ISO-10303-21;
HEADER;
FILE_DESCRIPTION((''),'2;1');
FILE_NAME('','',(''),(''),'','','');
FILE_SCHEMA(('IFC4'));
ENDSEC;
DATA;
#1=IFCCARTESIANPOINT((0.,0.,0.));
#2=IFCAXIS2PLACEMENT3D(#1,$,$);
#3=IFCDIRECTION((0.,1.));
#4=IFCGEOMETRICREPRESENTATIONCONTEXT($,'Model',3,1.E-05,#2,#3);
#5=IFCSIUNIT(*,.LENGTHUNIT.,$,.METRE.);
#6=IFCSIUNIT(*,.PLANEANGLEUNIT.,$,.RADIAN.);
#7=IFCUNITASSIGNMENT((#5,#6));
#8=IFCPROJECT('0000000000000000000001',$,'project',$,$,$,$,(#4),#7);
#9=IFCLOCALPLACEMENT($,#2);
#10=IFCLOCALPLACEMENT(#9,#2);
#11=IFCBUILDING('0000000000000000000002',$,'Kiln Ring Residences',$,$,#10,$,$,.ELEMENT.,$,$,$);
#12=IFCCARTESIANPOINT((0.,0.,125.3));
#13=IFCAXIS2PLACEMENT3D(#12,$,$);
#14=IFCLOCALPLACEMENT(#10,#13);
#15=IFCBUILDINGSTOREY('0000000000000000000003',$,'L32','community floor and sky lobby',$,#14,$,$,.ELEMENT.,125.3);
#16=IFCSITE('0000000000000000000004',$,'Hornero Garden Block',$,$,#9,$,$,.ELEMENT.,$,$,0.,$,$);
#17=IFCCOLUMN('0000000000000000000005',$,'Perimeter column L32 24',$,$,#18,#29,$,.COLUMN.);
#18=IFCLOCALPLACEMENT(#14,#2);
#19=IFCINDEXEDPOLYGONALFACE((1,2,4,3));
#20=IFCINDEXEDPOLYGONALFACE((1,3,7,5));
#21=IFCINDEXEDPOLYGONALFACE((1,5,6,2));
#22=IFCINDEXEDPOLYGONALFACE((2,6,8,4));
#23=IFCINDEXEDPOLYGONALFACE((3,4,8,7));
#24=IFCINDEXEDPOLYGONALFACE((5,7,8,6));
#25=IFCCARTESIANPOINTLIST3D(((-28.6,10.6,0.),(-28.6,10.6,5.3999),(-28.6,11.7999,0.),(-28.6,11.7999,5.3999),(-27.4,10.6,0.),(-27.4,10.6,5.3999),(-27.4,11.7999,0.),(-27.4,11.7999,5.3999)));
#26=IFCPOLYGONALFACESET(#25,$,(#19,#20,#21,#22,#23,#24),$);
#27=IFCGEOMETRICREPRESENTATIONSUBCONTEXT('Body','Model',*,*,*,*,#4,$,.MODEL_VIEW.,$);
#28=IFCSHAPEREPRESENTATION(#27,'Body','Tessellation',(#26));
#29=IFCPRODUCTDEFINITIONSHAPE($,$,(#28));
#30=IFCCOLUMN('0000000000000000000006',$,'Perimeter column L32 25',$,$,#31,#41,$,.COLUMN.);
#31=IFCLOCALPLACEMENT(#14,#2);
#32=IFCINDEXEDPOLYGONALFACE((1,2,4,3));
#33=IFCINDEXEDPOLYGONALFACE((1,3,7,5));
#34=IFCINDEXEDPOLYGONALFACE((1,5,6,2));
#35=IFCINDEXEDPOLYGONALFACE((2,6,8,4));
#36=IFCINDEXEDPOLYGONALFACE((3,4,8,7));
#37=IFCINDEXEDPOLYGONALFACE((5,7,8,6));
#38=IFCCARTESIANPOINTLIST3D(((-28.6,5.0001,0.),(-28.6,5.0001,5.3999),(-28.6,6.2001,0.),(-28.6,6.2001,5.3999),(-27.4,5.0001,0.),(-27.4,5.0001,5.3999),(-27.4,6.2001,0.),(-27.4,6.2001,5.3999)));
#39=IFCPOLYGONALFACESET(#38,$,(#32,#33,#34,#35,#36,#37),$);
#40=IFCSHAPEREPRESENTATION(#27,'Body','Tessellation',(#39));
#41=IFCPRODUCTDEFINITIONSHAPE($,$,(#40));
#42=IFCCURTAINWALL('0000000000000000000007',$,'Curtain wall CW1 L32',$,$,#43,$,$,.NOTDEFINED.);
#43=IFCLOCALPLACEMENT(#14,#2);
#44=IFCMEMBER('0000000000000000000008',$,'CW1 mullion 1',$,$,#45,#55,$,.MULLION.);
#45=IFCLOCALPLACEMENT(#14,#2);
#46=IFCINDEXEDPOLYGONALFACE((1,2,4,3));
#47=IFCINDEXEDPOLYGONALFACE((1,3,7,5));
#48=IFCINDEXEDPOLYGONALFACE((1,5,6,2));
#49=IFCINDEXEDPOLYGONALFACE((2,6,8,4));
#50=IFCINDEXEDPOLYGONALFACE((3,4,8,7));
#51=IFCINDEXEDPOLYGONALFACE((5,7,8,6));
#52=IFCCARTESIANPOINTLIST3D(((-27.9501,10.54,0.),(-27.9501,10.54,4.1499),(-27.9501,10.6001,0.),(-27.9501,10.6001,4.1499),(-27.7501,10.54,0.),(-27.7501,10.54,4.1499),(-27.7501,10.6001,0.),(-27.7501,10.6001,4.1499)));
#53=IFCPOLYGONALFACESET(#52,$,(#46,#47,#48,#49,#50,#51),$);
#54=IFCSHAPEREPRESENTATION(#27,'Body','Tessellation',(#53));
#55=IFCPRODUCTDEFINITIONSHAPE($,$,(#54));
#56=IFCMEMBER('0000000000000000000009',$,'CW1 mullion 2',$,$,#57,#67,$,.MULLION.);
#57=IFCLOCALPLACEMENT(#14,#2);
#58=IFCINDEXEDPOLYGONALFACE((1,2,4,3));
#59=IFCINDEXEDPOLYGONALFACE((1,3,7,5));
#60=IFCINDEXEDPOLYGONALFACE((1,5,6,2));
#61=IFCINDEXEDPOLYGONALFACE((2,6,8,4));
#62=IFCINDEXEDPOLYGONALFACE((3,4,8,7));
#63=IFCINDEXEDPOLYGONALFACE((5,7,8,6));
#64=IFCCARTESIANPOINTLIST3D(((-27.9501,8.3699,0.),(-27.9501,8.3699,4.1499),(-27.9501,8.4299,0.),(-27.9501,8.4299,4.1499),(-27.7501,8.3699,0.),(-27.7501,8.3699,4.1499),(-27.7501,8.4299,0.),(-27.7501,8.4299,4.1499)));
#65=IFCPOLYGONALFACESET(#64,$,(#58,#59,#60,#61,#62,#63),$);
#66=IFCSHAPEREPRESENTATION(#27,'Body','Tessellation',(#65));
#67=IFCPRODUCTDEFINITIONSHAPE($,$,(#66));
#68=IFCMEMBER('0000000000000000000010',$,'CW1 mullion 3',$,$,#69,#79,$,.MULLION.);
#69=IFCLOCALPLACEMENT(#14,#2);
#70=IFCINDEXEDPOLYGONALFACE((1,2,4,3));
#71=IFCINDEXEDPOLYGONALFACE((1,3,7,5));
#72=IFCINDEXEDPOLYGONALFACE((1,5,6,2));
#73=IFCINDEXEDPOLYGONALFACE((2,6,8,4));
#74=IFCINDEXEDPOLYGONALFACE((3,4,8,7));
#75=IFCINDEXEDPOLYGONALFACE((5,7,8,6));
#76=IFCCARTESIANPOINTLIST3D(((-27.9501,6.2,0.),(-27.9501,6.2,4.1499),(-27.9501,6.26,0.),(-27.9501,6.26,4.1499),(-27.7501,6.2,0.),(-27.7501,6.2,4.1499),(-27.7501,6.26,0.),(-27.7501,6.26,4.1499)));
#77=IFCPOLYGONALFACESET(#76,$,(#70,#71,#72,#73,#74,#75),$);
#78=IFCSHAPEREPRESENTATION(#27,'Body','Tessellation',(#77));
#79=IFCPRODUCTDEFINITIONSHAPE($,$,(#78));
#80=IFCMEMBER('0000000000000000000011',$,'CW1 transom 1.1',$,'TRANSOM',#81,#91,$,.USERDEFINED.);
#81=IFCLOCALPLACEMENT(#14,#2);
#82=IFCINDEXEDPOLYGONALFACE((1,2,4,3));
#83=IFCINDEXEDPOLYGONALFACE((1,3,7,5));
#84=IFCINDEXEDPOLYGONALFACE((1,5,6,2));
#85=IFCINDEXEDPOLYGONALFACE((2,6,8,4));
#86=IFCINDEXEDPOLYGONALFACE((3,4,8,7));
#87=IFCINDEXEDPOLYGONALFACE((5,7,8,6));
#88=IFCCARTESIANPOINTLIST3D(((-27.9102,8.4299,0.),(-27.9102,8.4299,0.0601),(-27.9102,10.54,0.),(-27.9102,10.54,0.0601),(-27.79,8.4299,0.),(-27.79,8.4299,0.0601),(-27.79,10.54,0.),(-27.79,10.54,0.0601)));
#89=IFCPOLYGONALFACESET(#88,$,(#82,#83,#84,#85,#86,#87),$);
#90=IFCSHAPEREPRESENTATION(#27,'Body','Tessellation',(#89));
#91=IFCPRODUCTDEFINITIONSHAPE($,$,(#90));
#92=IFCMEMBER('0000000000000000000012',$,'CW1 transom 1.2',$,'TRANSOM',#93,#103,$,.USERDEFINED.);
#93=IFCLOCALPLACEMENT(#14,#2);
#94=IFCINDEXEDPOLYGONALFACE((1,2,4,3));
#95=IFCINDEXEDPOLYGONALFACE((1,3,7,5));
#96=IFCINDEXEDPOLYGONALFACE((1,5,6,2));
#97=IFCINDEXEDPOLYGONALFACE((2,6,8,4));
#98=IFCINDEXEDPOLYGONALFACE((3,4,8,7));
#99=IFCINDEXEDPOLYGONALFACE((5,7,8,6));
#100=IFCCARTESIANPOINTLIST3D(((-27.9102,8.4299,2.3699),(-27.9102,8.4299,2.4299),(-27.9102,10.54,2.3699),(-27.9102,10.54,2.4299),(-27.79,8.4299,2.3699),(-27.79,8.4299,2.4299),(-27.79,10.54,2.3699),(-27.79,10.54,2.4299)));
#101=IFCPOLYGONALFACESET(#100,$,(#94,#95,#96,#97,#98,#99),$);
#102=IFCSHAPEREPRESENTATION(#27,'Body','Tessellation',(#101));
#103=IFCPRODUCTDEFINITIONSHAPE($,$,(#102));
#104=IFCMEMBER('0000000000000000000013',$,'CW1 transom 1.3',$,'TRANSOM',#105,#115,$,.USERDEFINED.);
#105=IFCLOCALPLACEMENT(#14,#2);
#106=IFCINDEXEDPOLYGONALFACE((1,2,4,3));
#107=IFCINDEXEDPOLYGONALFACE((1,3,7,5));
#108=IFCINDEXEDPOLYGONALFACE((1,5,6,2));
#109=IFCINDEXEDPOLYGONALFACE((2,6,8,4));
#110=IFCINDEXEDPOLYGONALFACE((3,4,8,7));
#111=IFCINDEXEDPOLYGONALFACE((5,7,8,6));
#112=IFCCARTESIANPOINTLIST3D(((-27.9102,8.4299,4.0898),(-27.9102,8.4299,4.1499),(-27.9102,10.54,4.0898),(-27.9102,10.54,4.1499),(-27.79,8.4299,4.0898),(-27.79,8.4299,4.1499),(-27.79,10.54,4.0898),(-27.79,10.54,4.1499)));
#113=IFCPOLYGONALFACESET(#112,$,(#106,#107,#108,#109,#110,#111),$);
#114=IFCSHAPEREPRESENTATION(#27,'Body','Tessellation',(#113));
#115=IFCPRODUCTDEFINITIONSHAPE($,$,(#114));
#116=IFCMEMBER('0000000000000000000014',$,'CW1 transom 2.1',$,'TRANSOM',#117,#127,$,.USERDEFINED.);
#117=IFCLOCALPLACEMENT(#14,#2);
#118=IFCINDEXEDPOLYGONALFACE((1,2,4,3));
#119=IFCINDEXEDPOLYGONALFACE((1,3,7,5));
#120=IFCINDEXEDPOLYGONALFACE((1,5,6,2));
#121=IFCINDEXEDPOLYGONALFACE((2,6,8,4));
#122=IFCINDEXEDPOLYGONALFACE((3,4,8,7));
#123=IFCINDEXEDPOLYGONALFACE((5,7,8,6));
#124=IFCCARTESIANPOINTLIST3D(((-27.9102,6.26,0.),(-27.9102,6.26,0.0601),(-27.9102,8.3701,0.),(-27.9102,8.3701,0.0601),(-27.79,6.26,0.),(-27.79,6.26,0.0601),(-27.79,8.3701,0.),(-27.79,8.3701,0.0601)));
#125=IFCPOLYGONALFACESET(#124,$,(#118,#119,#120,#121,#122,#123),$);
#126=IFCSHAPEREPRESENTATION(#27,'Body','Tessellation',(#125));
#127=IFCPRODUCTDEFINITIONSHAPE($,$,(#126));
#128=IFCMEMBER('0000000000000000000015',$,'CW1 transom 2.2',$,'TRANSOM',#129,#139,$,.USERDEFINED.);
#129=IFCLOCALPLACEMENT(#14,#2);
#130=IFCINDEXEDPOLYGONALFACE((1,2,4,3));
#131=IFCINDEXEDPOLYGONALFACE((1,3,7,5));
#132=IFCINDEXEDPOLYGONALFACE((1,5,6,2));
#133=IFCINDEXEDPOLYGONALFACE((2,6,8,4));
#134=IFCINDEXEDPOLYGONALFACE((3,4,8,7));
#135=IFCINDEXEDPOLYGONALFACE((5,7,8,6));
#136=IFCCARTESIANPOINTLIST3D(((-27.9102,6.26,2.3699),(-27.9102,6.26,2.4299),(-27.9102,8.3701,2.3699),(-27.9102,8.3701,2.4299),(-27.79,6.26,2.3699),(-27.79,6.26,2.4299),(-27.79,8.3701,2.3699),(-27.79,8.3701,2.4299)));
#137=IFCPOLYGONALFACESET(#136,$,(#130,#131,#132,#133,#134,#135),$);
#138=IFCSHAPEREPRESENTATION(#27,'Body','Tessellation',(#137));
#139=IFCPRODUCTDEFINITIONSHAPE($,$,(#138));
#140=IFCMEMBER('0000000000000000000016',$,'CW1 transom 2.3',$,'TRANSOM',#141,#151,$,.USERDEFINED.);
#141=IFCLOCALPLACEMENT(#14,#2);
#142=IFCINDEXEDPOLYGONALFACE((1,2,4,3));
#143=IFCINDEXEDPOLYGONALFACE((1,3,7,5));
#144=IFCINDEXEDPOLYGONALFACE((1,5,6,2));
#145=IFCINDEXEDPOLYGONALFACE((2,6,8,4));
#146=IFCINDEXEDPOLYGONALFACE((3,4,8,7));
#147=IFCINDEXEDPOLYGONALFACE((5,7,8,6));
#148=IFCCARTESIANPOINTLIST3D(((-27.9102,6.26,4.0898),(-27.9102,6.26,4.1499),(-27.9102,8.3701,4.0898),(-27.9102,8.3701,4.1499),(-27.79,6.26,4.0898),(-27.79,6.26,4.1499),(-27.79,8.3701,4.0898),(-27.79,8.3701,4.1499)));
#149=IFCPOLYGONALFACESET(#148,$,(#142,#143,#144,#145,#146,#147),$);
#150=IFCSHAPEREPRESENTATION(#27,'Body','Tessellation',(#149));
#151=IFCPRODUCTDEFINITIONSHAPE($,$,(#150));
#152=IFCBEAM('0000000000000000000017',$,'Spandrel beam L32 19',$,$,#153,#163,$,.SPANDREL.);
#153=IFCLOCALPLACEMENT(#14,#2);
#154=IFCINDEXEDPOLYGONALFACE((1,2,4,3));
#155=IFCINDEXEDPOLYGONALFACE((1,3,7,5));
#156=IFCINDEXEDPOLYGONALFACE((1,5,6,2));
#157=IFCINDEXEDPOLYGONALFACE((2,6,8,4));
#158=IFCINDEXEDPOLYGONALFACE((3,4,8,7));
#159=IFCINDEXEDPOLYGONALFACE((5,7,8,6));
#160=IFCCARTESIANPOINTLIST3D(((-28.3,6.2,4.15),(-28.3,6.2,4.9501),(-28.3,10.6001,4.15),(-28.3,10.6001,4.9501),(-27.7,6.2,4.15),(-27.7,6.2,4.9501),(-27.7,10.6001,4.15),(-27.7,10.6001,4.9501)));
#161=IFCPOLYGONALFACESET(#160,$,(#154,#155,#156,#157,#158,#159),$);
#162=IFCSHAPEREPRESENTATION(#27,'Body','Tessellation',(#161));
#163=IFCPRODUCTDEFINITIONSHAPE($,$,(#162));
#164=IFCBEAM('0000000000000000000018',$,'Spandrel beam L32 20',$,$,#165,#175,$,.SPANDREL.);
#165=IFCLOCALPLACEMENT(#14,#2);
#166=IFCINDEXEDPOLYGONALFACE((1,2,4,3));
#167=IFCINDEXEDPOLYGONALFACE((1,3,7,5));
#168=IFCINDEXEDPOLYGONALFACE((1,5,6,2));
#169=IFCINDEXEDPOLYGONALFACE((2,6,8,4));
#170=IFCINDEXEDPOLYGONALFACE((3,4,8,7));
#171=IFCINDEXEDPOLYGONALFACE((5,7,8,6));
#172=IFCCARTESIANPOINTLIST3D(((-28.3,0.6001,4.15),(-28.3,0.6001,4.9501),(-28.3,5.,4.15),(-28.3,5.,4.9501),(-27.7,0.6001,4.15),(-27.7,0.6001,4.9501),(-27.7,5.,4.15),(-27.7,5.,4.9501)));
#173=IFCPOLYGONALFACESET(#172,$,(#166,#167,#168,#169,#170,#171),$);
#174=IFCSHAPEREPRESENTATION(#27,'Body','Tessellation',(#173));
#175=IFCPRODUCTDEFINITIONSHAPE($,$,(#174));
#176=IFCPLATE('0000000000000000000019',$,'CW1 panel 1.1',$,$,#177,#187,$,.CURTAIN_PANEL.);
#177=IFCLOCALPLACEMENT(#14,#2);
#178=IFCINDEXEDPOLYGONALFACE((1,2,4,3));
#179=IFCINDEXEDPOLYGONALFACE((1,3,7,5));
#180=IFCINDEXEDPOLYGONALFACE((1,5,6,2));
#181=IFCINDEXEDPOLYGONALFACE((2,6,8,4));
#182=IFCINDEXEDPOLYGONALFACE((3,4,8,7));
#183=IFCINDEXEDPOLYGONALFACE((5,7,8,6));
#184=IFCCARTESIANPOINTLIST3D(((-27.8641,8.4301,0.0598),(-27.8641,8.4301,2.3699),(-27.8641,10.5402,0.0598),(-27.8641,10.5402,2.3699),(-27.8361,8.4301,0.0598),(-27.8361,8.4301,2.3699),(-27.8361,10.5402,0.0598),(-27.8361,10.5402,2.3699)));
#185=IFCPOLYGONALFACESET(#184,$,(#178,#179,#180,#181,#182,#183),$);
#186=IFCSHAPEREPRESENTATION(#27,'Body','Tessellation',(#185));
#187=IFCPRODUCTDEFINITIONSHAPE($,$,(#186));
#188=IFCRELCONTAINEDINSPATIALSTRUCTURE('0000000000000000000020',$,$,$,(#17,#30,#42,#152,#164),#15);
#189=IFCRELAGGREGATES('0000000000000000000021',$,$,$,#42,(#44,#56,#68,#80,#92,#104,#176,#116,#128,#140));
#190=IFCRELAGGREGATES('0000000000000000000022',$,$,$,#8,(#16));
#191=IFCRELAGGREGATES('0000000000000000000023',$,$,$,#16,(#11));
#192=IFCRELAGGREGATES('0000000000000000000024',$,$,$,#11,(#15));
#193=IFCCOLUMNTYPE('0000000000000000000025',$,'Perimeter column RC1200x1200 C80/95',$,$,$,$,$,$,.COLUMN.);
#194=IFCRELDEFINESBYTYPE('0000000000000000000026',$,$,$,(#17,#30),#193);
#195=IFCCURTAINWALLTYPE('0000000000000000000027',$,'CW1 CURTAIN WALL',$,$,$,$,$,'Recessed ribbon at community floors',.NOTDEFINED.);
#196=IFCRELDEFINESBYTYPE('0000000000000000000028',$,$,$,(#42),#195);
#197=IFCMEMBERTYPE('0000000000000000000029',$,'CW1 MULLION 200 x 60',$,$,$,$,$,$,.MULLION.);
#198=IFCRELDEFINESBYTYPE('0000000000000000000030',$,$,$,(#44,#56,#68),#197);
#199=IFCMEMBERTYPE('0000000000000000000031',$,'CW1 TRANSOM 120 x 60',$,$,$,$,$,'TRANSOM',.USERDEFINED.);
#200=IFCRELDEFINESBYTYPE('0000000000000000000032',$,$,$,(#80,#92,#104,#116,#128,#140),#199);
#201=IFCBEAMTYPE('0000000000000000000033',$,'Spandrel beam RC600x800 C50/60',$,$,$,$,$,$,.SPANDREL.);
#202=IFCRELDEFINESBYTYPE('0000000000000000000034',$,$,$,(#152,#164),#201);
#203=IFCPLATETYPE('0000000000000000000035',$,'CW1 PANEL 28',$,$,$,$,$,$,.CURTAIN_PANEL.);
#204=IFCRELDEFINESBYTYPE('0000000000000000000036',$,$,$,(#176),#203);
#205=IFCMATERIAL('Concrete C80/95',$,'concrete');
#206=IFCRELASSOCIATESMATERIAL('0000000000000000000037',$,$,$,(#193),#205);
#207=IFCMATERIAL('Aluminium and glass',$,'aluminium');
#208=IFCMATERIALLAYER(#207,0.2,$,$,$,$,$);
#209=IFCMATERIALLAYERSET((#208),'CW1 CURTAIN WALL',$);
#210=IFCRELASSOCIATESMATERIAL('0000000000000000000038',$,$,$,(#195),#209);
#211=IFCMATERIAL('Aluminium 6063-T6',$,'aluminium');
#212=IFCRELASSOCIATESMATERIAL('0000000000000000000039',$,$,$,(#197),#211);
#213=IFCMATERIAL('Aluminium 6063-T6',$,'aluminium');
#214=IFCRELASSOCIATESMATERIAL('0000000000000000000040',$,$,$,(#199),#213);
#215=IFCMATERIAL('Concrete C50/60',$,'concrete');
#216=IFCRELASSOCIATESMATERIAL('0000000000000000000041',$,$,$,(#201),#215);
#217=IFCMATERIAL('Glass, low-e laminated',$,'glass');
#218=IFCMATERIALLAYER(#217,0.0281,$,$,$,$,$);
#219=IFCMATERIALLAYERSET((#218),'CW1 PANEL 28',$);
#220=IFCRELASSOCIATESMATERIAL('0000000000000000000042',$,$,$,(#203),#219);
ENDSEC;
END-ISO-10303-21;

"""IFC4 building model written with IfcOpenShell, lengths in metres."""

from ifc_helpers import new_model, si_unit, direction, frame, origin, origin_2d, place, context, subcontext, project, spatial, rectangle, extrude, material, layer, layer_set, material_profile, profile_set, type_object, element, aggregate, save


model = new_model("IFC4")

# Units and contexts
model_context = context("Model", 3, precision=1e-05, world=origin(), true_north=direction((0.0, 1.0)))
body_context = subcontext(model_context, "Body", "Model", "MODEL_VIEW")
ifc_project = project(units=[si_unit("LENGTHUNIT", "METRE"), si_unit("PLANEANGLEUNIT", "RADIAN")], contexts=[model_context])

# Site, building, storey
site_placement = place(None, origin())
site = spatial("IfcSite", under=ifc_project, at=site_placement, Name="Hornero Garden Block", CompositionType="ELEMENT", RefElevation=0.0)
building_placement = place(site_placement, origin())
building = spatial("IfcBuilding", under=site, at=building_placement, Name="Kiln Ring Residences", CompositionType="ELEMENT")
storey_placement = place(building_placement, frame((0.0, 0.0, 125.3)))
storey = spatial("IfcBuildingStorey", under=building, at=storey_placement, Name="L32", Description="community floor and sky lobby", CompositionType="ELEMENT", Elevation=125.3)

# Columns
ifc_material_1 = material(Name="Concrete C80/95", Category="concrete")
ifc_material_profile_1 = material_profile(ifc_material_1, rectangle(XDim=1.2, YDim=1.2, at=origin_2d()), Name="RC1200x1200")
ifc_profile_set_1 = profile_set([ifc_material_profile_1], Name="Concrete C80/95")
column_type = type_object("IfcColumnType", Name="Perimeter column RC1200x1200 C80/95", PredefinedType="COLUMN", material=ifc_profile_set_1)
for number, where, z_axis, x_axis, name in (
    (1, (-28.0, 11.2, 0.0), (0.0, 0.0, 1.0), (1.0, 0.0, 0.0), "Perimeter column L32 24"),
    (2, (-28.0, 5.6001, 0.0), (0.0, 0.0, 1.0), (1.0, 0.0, 0.0), "Perimeter column L32 25"),
):
    element("IfcColumn", number, at=place(storey_placement, frame(where, z_axis=z_axis, x_axis=x_axis)), inside=storey, type_object=column_type, Name=name, PredefinedType="COLUMN", context=body_context, shape_type="SweptSolid", body=[
        extrude(rectangle(XDim=1.2, YDim=1.2, at=origin_2d()), origin(), (0.0, 0.0, 1.0), 5.3999),
    ])

# Curtain wall, members
ifc_material_2 = material(Name="Aluminium and glass", Category="aluminium")
ifc_layer_1 = layer(ifc_material_2, 0.2)
ifc_layer_set_1 = layer_set([ifc_layer_1], Name="CW1 CURTAIN WALL")
curtain_wall_type = type_object("IfcCurtainWallType", Name="CW1 CURTAIN WALL", ElementType="Recessed ribbon at community floors", PredefinedType="NOTDEFINED", material=ifc_layer_set_1)
placement = place(storey_placement, origin())
curtain_wall = element("IfcCurtainWall", 3, at=placement, inside=storey, type_object=curtain_wall_type, Name="Curtain wall CW1 L32", PredefinedType="NOTDEFINED")
ifc_material_3 = material(Name="Aluminium 6063-T6", Category="aluminium")
ifc_material_profile_2 = material_profile(ifc_material_3, rectangle(XDim=0.2, YDim=0.0601, at=origin_2d()), Name="AL 200x60")
ifc_profile_set_2 = profile_set([ifc_material_profile_2], Name="Aluminium 6063-T6")
member_type_1 = type_object("IfcMemberType", Name="CW1 MULLION 200 x 60", PredefinedType="MULLION", material=ifc_profile_set_2)
member_1_placement = place(storey_placement, frame((-27.8501, 10.5701, 0.0), z_axis=(0.0, 0.0, 1.0), x_axis=(1.0, 0.0, 0.0)))
member_1 = element("IfcMember", 4, at=member_1_placement, type_object=member_type_1, Name="CW1 mullion 1", PredefinedType="MULLION", context=body_context, shape_type="SweptSolid", body=[
    extrude(rectangle(XDim=0.2, YDim=0.0601, at=origin_2d()), origin(), (0.0, 0.0, 1.0), 4.1499),
])
member_2_placement = place(storey_placement, frame((-27.8501, 8.3999, 0.0), z_axis=(0.0, 0.0, 1.0), x_axis=(1.0, 0.0, 0.0)))
member_2 = element("IfcMember", 5, at=member_2_placement, type_object=member_type_1, Name="CW1 mullion 2", PredefinedType="MULLION", context=body_context, shape_type="SweptSolid", body=[
    extrude(rectangle(XDim=0.2, YDim=0.0601, at=origin_2d()), origin(), (0.0, 0.0, 1.0), 4.1499),
])
member_3_placement = place(storey_placement, frame((-27.8501, 6.23, 0.0), z_axis=(0.0, 0.0, 1.0), x_axis=(1.0, 0.0, 0.0)))
member_3 = element("IfcMember", 6, at=member_3_placement, type_object=member_type_1, Name="CW1 mullion 3", PredefinedType="MULLION", context=body_context, shape_type="SweptSolid", body=[
    extrude(rectangle(XDim=0.2, YDim=0.0601, at=origin_2d()), origin(), (0.0, 0.0, 1.0), 4.1499),
])
ifc_material_4 = material(Name="Aluminium 6063-T6", Category="aluminium")
ifc_material_profile_3 = material_profile(ifc_material_4, rectangle(XDim=0.1201, YDim=0.0601, at=origin_2d()), Name="AL 120x60")
ifc_profile_set_3 = profile_set([ifc_material_profile_3], Name="Aluminium 6063-T6")
member_type_2 = type_object("IfcMemberType", Name="CW1 TRANSOM 120 x 60", ElementType="TRANSOM", PredefinedType="USERDEFINED", material=ifc_profile_set_3)
member_4_placement = place(storey_placement, frame((-27.8501, 10.54, 0.03), z_axis=(0.0, -1.0, 0.0), x_axis=(1.0, 0.0, 0.0)))
member_4 = element("IfcMember", 7, at=member_4_placement, type_object=member_type_2, Name="CW1 transom 1.1", ObjectType="TRANSOM", PredefinedType="USERDEFINED", context=body_context, shape_type="SweptSolid", body=[
    extrude(rectangle(XDim=0.1201, YDim=0.0601, at=origin_2d()), origin(), (0.0, 0.0, 1.0), 2.1101),
])
member_5_placement = place(storey_placement, frame((-27.8501, 10.54, 2.3999), z_axis=(0.0, -1.0, 0.0), x_axis=(1.0, 0.0, 0.0)))
member_5 = element("IfcMember", 8, at=member_5_placement, type_object=member_type_2, Name="CW1 transom 1.2", ObjectType="TRANSOM", PredefinedType="USERDEFINED", context=body_context, shape_type="SweptSolid", body=[
    extrude(rectangle(XDim=0.1201, YDim=0.0601, at=origin_2d()), origin(), (0.0, 0.0, 1.0), 2.1101),
])
member_6_placement = place(storey_placement, frame((-27.8501, 10.54, 4.1199), z_axis=(0.0, -1.0, 0.0), x_axis=(1.0, 0.0, 0.0)))
member_6 = element("IfcMember", 9, at=member_6_placement, type_object=member_type_2, Name="CW1 transom 1.3", ObjectType="TRANSOM", PredefinedType="USERDEFINED", context=body_context, shape_type="SweptSolid", body=[
    extrude(rectangle(XDim=0.1201, YDim=0.0601, at=origin_2d()), origin(), (0.0, 0.0, 1.0), 2.1101),
])
member_7_placement = place(storey_placement, frame((-27.8501, 8.3701, 0.03), z_axis=(0.0, -1.0, 0.0), x_axis=(1.0, 0.0, 0.0)))
member_7 = element("IfcMember", 10, at=member_7_placement, type_object=member_type_2, Name="CW1 transom 2.1", ObjectType="TRANSOM", PredefinedType="USERDEFINED", context=body_context, shape_type="SweptSolid", body=[
    extrude(rectangle(XDim=0.1201, YDim=0.0601, at=origin_2d()), origin(), (0.0, 0.0, 1.0), 2.1101),
])
member_8_placement = place(storey_placement, frame((-27.8501, 8.3701, 2.3999), z_axis=(0.0, -1.0, 0.0), x_axis=(1.0, 0.0, 0.0)))
member_8 = element("IfcMember", 11, at=member_8_placement, type_object=member_type_2, Name="CW1 transom 2.2", ObjectType="TRANSOM", PredefinedType="USERDEFINED", context=body_context, shape_type="SweptSolid", body=[
    extrude(rectangle(XDim=0.1201, YDim=0.0601, at=origin_2d()), origin(), (0.0, 0.0, 1.0), 2.1101),
])
member_9_placement = place(storey_placement, frame((-27.8501, 8.3701, 4.1199), z_axis=(0.0, -1.0, 0.0), x_axis=(1.0, 0.0, 0.0)))
member_9 = element("IfcMember", 12, at=member_9_placement, type_object=member_type_2, Name="CW1 transom 2.3", ObjectType="TRANSOM", PredefinedType="USERDEFINED", context=body_context, shape_type="SweptSolid", body=[
    extrude(rectangle(XDim=0.1201, YDim=0.0601, at=origin_2d()), origin(), (0.0, 0.0, 1.0), 2.1101),
])

# Beams
ifc_material_5 = material(Name="Concrete C50/60", Category="concrete")
ifc_material_profile_4 = material_profile(ifc_material_5, rectangle(XDim=0.6001, YDim=0.8, at=origin_2d()), Name="RC600x800")
ifc_profile_set_4 = profile_set([ifc_material_profile_4], Name="Concrete C50/60")
beam_type = type_object("IfcBeamType", Name="Spandrel beam RC600x800 C50/60", PredefinedType="SPANDREL", material=ifc_profile_set_4)
beam_1_placement = place(storey_placement, frame((-28.0, 10.6001, 4.55), z_axis=(0.0, -1.0, 0.0), x_axis=(1.0, 0.0, 0.0)))
element("IfcBeam", 13, at=beam_1_placement, inside=storey, type_object=beam_type, Name="Spandrel beam L32 19", PredefinedType="SPANDREL", context=body_context, shape_type="SweptSolid", body=[
    extrude(rectangle(XDim=0.6001, YDim=0.8, at=origin_2d()), origin(), (0.0, 0.0, 1.0), 4.4001),
])
beam_2_placement = place(storey_placement, frame((-28.0, 5.0, 4.55), z_axis=(0.0, -1.0, 0.0), x_axis=(1.0, 0.0, 0.0)))
element("IfcBeam", 14, at=beam_2_placement, inside=storey, type_object=beam_type, Name="Spandrel beam L32 20", PredefinedType="SPANDREL", context=body_context, shape_type="SweptSolid", body=[
    extrude(rectangle(XDim=0.6001, YDim=0.8, at=origin_2d()), origin(), (0.0, 0.0, 1.0), 4.3999),
])

# Plate
ifc_material_6 = material(Name="Glass, low-e laminated", Category="glass")
ifc_layer_2 = layer(ifc_material_6, 0.0281)
ifc_layer_set_2 = layer_set([ifc_layer_2], Name="CW1 PANEL 28")
plate_type = type_object("IfcPlateType", Name="CW1 PANEL 28", PredefinedType="CURTAIN_PANEL", material=ifc_layer_set_2)
plate_1_placement = place(storey_placement, frame((-27.8501, 9.4851, 0.0598), z_axis=(0.0, 0.0, 1.0), x_axis=(0.0, -1.0, 0.0)))
plate_1 = element("IfcPlate", 15, at=plate_1_placement, type_object=plate_type, Name="CW1 panel 1.1", PredefinedType="CURTAIN_PANEL", context=body_context, shape_type="SweptSolid", body=[
    extrude(rectangle(XDim=2.1101, YDim=0.0281, at=origin_2d()), origin(), (0.0, 0.0, 1.0), 2.3101),
])
aggregate(curtain_wall, [member_1, member_2, member_3, member_4, member_5, member_6, plate_1, member_7, member_8, member_9])

save(model, "model.ifc")
